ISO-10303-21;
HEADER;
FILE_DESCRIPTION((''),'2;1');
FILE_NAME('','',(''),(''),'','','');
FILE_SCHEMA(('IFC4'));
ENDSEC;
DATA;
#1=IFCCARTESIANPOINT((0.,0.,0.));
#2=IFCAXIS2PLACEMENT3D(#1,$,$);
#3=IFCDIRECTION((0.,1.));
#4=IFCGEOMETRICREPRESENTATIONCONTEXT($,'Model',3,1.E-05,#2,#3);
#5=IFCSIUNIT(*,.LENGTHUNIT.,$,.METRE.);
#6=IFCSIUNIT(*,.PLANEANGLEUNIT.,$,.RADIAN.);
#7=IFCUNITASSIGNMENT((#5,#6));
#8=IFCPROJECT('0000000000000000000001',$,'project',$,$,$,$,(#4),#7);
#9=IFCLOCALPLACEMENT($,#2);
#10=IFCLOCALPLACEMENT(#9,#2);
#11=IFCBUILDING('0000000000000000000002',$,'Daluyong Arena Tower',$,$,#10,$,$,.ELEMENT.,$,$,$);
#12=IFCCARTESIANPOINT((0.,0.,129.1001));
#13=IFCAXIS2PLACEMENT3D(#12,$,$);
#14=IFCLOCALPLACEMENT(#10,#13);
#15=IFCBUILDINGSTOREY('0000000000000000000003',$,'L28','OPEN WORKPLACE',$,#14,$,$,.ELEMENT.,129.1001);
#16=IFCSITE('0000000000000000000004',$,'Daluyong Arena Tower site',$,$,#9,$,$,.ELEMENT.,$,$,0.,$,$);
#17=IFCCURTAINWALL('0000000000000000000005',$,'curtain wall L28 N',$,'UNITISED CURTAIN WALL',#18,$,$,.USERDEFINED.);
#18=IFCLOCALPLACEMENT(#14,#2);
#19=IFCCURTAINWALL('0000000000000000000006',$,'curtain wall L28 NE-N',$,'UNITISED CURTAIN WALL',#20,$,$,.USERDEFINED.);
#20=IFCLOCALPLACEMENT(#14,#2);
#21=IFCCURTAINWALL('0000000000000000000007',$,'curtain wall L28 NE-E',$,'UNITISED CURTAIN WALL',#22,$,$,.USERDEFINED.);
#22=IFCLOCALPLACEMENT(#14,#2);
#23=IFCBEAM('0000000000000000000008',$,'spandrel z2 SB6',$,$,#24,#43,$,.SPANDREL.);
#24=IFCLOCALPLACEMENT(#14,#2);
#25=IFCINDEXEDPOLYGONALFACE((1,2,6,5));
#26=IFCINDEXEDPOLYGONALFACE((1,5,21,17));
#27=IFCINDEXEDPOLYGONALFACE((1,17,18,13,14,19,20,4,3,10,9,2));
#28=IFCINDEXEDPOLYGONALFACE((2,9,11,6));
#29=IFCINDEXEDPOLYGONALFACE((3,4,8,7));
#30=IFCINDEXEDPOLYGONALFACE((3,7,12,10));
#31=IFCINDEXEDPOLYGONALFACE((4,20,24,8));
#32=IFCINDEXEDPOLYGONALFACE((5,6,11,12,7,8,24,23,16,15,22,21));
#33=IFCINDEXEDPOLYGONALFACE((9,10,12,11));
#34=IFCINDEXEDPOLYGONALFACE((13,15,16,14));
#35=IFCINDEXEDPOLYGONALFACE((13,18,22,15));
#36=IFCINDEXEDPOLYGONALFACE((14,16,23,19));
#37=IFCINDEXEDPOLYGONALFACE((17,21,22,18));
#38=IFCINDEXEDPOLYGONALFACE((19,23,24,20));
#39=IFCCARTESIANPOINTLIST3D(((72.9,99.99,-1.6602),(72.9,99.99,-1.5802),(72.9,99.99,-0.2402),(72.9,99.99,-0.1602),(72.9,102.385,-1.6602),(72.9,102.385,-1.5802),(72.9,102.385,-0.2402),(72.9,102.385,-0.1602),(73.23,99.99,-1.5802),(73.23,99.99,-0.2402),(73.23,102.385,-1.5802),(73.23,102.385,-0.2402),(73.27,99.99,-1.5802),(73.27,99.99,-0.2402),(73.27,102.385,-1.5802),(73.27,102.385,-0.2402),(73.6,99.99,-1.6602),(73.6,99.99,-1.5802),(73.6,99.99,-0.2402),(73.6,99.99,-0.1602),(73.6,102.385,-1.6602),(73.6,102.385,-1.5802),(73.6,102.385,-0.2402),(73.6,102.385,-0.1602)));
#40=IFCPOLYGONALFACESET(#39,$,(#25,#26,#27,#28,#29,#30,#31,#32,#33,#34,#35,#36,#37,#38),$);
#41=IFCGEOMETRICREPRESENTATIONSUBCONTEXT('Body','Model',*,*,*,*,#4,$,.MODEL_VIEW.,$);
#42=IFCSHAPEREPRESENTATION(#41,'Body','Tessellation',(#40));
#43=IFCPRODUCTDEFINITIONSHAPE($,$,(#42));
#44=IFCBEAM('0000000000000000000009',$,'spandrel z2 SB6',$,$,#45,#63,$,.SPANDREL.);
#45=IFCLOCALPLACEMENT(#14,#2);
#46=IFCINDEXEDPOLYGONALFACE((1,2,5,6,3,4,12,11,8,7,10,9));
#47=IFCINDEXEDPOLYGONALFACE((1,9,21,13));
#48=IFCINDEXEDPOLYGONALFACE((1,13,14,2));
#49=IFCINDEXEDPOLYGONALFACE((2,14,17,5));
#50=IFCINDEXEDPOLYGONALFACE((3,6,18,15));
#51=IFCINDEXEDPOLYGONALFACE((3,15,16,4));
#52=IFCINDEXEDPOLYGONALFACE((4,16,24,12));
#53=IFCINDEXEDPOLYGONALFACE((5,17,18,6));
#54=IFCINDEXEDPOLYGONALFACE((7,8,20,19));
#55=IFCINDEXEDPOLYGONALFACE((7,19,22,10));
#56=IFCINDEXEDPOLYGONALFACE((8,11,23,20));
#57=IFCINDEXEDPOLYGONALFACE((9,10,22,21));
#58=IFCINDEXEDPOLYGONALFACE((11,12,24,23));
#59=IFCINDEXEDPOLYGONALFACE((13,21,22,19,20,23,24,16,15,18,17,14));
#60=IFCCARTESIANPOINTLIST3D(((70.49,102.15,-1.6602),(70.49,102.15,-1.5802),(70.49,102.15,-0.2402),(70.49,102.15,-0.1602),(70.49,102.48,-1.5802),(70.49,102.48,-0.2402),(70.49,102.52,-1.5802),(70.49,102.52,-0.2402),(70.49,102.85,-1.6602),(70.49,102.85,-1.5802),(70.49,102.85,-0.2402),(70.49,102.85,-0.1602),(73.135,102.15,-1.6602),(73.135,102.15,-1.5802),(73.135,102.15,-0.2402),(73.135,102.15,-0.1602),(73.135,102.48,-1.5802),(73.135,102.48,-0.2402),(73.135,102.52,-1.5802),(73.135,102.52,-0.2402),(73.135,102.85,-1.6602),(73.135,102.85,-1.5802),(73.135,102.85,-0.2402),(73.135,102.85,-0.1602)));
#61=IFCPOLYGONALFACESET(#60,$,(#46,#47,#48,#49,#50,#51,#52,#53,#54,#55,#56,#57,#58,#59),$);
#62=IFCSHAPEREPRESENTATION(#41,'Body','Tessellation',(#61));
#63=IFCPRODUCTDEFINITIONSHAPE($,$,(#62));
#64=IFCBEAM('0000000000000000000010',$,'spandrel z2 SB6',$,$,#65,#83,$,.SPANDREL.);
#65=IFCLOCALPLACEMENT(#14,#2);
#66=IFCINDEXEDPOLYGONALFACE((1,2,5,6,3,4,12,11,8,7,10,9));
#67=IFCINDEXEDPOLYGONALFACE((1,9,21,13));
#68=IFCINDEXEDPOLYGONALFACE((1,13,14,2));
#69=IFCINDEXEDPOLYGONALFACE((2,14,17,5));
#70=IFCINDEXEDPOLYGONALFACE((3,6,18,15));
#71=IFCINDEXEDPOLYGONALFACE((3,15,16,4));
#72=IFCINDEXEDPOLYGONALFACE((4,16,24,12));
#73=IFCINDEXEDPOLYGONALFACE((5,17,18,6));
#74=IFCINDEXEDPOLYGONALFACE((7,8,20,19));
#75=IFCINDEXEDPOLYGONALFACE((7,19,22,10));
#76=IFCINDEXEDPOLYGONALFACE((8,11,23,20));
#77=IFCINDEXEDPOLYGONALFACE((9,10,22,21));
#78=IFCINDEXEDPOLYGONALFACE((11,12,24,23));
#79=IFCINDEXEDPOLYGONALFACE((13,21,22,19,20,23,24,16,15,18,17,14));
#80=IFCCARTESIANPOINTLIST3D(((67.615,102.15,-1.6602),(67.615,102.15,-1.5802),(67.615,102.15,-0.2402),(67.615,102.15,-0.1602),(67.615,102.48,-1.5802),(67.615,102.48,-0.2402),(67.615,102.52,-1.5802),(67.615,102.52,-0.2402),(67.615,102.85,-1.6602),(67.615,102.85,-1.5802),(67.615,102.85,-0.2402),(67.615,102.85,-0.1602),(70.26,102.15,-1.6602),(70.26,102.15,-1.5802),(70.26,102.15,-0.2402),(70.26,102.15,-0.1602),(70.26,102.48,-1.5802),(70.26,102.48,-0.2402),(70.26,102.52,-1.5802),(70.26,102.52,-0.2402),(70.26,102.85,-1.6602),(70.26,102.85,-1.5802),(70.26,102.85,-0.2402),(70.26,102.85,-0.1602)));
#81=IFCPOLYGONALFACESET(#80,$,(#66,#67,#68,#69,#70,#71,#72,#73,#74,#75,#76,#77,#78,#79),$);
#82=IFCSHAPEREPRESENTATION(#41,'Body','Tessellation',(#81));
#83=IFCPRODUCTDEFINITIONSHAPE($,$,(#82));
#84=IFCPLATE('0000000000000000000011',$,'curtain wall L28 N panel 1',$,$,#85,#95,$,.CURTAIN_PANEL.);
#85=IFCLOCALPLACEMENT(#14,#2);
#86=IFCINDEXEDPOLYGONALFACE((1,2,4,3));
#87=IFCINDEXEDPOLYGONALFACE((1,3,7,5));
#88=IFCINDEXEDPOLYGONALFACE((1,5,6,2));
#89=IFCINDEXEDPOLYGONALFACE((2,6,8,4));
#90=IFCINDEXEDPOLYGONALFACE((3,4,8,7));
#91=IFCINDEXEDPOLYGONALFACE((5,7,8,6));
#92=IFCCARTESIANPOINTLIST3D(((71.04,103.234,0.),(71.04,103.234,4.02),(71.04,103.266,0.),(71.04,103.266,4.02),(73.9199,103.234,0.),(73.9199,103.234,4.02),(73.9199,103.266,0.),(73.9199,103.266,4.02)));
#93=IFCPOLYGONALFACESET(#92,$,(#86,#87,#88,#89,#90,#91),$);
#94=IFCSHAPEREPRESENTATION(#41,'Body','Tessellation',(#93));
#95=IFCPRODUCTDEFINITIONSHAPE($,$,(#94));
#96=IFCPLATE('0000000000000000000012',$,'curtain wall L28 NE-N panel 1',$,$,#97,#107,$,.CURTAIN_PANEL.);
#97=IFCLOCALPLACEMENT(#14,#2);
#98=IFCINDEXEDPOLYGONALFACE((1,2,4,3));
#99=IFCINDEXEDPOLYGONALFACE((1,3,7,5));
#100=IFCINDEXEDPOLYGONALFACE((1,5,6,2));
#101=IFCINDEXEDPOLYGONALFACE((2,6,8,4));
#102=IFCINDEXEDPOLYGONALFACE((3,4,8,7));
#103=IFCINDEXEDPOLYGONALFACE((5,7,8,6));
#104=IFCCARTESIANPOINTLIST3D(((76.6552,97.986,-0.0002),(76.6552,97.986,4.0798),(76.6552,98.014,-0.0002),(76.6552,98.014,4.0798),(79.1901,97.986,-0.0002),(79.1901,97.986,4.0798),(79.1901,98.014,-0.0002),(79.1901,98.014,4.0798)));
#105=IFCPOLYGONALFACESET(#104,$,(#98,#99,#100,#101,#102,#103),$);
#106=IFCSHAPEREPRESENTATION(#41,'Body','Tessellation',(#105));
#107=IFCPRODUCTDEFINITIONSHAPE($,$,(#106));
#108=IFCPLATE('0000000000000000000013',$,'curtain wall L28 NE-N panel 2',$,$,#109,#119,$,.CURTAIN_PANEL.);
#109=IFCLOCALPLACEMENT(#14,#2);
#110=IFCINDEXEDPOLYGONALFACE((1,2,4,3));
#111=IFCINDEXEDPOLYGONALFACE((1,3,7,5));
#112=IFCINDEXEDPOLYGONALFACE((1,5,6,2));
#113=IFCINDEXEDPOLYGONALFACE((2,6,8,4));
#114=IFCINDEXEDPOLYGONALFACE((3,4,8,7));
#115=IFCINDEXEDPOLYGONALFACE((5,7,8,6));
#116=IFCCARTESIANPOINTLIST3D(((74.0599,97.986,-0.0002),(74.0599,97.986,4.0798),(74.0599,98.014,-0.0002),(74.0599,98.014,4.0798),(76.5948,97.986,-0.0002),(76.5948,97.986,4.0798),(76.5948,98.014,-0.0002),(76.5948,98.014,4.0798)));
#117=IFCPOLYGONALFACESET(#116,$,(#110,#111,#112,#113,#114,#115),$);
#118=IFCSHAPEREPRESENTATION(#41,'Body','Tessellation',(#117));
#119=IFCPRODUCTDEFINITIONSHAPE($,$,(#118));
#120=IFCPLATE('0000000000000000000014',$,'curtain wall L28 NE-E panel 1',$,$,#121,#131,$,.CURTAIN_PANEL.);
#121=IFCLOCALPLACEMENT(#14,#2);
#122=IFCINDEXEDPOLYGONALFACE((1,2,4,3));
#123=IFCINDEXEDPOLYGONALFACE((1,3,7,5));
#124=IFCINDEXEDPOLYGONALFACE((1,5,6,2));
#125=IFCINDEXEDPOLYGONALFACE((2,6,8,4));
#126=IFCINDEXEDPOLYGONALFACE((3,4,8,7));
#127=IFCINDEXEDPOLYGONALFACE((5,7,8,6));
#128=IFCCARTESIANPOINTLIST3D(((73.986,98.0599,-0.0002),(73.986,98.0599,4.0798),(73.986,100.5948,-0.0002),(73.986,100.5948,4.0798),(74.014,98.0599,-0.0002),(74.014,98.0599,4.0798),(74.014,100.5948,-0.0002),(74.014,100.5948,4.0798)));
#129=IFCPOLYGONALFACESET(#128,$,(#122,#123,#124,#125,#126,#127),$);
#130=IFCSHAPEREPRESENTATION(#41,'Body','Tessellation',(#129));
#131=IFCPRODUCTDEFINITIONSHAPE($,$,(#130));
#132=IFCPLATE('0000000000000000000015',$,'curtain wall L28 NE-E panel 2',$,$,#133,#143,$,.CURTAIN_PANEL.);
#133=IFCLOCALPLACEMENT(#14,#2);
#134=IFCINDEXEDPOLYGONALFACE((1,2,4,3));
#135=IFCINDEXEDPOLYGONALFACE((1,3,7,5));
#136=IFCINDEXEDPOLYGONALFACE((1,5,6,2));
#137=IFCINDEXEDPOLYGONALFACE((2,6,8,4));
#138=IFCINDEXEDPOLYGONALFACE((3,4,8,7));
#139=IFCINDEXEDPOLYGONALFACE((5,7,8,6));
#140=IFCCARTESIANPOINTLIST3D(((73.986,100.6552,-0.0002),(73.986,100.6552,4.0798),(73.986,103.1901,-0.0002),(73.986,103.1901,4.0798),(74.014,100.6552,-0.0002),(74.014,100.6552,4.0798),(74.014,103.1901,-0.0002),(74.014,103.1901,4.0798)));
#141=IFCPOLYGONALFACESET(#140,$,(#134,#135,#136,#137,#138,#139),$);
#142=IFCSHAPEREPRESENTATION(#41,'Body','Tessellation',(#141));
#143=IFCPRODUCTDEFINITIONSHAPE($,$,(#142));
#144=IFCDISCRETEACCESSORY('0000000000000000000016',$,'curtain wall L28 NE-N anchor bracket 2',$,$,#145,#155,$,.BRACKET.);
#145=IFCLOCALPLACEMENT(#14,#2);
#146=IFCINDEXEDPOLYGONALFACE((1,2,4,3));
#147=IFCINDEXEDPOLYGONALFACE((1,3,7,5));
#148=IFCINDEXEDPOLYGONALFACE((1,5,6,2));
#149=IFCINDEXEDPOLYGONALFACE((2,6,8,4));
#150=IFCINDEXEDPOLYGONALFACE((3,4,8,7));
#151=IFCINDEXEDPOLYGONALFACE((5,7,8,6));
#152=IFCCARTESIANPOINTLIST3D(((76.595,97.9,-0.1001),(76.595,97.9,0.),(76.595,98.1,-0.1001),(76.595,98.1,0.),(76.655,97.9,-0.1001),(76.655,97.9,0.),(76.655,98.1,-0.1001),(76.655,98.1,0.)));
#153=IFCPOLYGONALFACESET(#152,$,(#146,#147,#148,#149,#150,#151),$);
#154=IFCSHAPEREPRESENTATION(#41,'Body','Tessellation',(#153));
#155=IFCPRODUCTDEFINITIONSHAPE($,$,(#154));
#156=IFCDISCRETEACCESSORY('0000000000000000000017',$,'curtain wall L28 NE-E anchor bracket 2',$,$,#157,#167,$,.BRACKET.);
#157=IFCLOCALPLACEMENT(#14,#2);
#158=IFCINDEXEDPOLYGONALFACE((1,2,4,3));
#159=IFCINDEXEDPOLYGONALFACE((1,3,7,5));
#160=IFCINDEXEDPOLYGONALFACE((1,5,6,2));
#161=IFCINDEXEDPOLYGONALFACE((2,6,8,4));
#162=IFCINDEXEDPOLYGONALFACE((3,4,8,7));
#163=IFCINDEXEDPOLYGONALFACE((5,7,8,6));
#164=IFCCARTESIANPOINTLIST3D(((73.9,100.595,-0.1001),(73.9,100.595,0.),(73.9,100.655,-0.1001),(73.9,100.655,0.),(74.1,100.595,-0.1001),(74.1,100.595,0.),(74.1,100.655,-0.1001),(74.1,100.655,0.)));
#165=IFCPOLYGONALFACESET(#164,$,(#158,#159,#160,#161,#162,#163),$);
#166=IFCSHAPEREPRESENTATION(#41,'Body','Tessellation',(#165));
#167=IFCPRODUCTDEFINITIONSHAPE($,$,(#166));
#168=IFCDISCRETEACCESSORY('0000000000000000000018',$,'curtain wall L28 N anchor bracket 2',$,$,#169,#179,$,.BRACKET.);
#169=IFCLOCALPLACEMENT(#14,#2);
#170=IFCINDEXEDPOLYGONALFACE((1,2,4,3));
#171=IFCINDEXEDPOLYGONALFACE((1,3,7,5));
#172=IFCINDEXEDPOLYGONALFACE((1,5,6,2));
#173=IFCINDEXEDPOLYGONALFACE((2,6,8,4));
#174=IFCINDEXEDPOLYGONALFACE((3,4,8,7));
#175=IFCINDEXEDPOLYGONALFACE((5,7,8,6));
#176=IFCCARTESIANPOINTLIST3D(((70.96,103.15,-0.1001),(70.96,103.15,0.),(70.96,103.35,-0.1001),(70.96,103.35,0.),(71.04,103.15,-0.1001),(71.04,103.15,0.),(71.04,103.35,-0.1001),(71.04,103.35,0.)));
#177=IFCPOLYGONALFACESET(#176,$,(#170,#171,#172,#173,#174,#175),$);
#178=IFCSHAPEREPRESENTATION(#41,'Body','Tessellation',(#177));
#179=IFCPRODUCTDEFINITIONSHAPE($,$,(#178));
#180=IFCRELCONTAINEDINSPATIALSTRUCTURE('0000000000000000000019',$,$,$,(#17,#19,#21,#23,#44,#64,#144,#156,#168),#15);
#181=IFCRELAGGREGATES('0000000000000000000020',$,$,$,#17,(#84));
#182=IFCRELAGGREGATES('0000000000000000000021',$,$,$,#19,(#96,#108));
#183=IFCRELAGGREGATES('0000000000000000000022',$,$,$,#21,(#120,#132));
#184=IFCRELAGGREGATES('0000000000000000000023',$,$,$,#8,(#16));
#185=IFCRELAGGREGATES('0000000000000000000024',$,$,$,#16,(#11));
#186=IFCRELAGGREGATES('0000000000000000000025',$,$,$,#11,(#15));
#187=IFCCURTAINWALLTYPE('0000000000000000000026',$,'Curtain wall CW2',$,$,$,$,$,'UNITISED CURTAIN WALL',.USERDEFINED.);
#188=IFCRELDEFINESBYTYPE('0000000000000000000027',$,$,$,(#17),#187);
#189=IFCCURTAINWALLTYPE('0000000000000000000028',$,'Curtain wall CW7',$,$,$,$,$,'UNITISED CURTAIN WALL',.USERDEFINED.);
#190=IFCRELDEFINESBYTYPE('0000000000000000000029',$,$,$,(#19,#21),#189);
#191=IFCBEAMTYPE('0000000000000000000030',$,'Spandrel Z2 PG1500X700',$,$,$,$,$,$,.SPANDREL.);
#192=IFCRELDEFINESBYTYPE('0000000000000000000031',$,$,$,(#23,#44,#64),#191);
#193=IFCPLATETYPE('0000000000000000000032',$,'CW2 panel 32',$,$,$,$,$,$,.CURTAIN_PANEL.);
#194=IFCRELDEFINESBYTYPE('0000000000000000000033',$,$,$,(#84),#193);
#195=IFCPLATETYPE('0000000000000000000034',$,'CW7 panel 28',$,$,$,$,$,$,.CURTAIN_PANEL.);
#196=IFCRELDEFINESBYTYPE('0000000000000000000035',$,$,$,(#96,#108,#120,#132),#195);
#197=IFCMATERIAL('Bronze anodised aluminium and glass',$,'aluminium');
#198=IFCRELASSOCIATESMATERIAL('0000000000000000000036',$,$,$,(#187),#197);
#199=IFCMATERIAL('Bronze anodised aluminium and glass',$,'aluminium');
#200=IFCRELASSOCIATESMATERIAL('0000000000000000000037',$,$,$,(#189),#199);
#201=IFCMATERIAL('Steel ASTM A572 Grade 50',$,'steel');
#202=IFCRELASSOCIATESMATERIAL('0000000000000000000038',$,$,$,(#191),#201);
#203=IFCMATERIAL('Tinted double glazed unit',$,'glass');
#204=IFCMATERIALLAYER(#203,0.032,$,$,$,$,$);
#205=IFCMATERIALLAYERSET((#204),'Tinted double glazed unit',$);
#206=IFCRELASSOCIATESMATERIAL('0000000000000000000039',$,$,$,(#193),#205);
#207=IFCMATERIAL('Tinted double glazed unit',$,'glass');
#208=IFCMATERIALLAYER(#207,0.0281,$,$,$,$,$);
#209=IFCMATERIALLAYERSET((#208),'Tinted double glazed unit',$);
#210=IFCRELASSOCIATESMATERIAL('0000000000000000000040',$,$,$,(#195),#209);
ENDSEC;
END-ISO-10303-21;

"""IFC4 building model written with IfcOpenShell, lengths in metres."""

from ifc_helpers import new_model, si_unit, direction, frame, origin, origin_2d, place, context, subcontext, project, spatial, rectangle, i_section, extrude, material, layer, layer_set, material_profile, profile_set, type_object, element, aggregate, save


model = new_model("IFC4")

# Units and contexts
model_context = context("Model", 3, precision=1e-05, world=origin(), true_north=direction((0.0, 1.0)))
body_context = subcontext(model_context, "Body", "Model", "MODEL_VIEW")
ifc_project = project(units=[si_unit("LENGTHUNIT", "METRE"), si_unit("PLANEANGLEUNIT", "RADIAN")], contexts=[model_context])

# Site, building, storey
site_placement = place(None, origin())
site = spatial("IfcSite", under=ifc_project, at=site_placement, Name="Daluyong Arena Tower site", CompositionType="ELEMENT", RefElevation=0.0)
building_placement = place(site_placement, origin())
building = spatial("IfcBuilding", under=site, at=building_placement, Name="Daluyong Arena Tower", CompositionType="ELEMENT")
storey_placement = place(building_placement, frame((0.0, 0.0, 129.1001)))
storey = spatial("IfcBuildingStorey", under=building, at=storey_placement, Name="L28", Description="OPEN WORKPLACE", CompositionType="ELEMENT", Elevation=129.1001)

# Shared definitions
ifc_material_1 = material(Name="Bronze anodised aluminium and glass", Category="aluminium")
curtain_wall_type_1 = type_object("IfcCurtainWallType", Name="Curtain wall CW2", ElementType="UNITISED CURTAIN WALL", PredefinedType="USERDEFINED", material=ifc_material_1)

# Curtain walls
curtain_wall_1_placement = place(storey_placement, origin())
curtain_wall_1 = element("IfcCurtainWall", 1, at=curtain_wall_1_placement, inside=storey, type_object=curtain_wall_type_1, Name="curtain wall L28 N", ObjectType="UNITISED CURTAIN WALL", PredefinedType="USERDEFINED")
ifc_material_2 = material(Name="Bronze anodised aluminium and glass", Category="aluminium")
curtain_wall_type_2 = type_object("IfcCurtainWallType", Name="Curtain wall CW7", ElementType="UNITISED CURTAIN WALL", PredefinedType="USERDEFINED", material=ifc_material_2)
curtain_wall_2_placement = place(storey_placement, origin())
curtain_wall_2 = element("IfcCurtainWall", 2, at=curtain_wall_2_placement, inside=storey, type_object=curtain_wall_type_2, Name="curtain wall L28 NE-N", ObjectType="UNITISED CURTAIN WALL", PredefinedType="USERDEFINED")
curtain_wall_3_placement = place(storey_placement, origin())
curtain_wall_3 = element("IfcCurtainWall", 3, at=curtain_wall_3_placement, inside=storey, type_object=curtain_wall_type_2, Name="curtain wall L28 NE-E", ObjectType="UNITISED CURTAIN WALL", PredefinedType="USERDEFINED")

# Beams
ifc_material_3 = material(Name="Steel ASTM A572 Grade 50", Category="steel")
ifc_material_profile_1 = material_profile(ifc_material_3, i_section(OverallWidth=0.7, OverallDepth=1.5, WebThickness=0.04, FlangeThickness=0.08, at=origin_2d()))
ifc_profile_set_1 = profile_set([ifc_material_profile_1], Name="Steel ASTM A572 Grade 50")
beam_type_1 = type_object("IfcBeamType", Name="Spandrel Z2 PG1500X700", PredefinedType="SPANDREL", material=ifc_profile_set_1)
for number, where, z_axis, x_axis, name in (
    (4, (73.25, 99.99, -0.9102), (0.0, 1.0, 0.0), (-1.0, 0.0, 0.0), "spandrel z2 SB6"),
):
    element("IfcBeam", number, at=place(storey_placement, frame(where, z_axis=z_axis, x_axis=x_axis)), inside=storey, type_object=beam_type_1, Name=name, PredefinedType="SPANDREL", context=body_context, shape_type="SweptSolid", body=[
        extrude(i_section(OverallWidth=0.7, OverallDepth=1.5, WebThickness=0.04, FlangeThickness=0.08, at=origin_2d()), origin(), (0.0, 0.0, 1.0), 2.395),
    ])
for number, where, z_axis, x_axis, name in (
    (5, (73.135, 102.5, -0.9102), (-1.0, 0.0, 0.0), (0.0, -1.0, 0.0), "spandrel z2 SB6"),
    (6, (70.26, 102.5, -0.9102), (-1.0, 0.0, 0.0), (0.0, -1.0, 0.0), "spandrel z2 SB6"),
):
    element("IfcBeam", number, at=place(storey_placement, frame(where, z_axis=z_axis, x_axis=x_axis)), inside=storey, type_object=beam_type_1, Name=name, PredefinedType="SPANDREL", context=body_context, shape_type="SweptSolid", body=[
        extrude(i_section(OverallWidth=0.7, OverallDepth=1.5, WebThickness=0.04, FlangeThickness=0.08, at=origin_2d()), origin(), (0.0, 0.0, 1.0), 2.645),
    ])

# Plates
ifc_material_4 = material(Name="Tinted double glazed unit", Category="glass")
ifc_layer_1 = layer(ifc_material_4, 0.032)
ifc_layer_set_1 = layer_set([ifc_layer_1], Name="Tinted double glazed unit")
plate_type_1 = type_object("IfcPlateType", Name="CW2 panel 32", PredefinedType="CURTAIN_PANEL", material=ifc_layer_set_1)
plate_1_placement = place(storey_placement, frame((72.48, 103.25, 0.0), z_axis=(0.0, 0.0, 1.0), x_axis=(-1.0, 0.0, 0.0)))
plate_1 = element("IfcPlate", 7, at=plate_1_placement, type_object=plate_type_1, Name="curtain wall L28 N panel 1", PredefinedType="CURTAIN_PANEL", context=body_context, shape_type="SweptSolid", body=[
    extrude(rectangle(XDim=2.8799, YDim=0.032, at=origin_2d()), origin(), (0.0, 0.0, 1.0), 4.02),
])
aggregate(curtain_wall_1, [plate_1])
ifc_material_5 = material(Name="Tinted double glazed unit", Category="glass")
ifc_layer_2 = layer(ifc_material_5, 0.0281)
ifc_layer_set_2 = layer_set([ifc_layer_2], Name="Tinted double glazed unit")
plate_type_2 = type_object("IfcPlateType", Name="CW7 panel 28", PredefinedType="CURTAIN_PANEL", material=ifc_layer_set_2)
plate_2_placement = place(storey_placement, frame((77.9226, 98.0, -0.0002), z_axis=(0.0, 0.0, 1.0), x_axis=(-1.0, 0.0, 0.0)))
plate_2 = element("IfcPlate", 8, at=plate_2_placement, type_object=plate_type_2, Name="curtain wall L28 NE-N panel 1", PredefinedType="CURTAIN_PANEL", context=body_context, shape_type="SweptSolid", body=[
    extrude(rectangle(XDim=2.5349, YDim=0.0281, at=origin_2d()), origin(), (0.0, 0.0, 1.0), 4.0801),
])
plate_3_placement = place(storey_placement, frame((75.3274, 98.0, -0.0002), z_axis=(0.0, 0.0, 1.0), x_axis=(-1.0, 0.0, 0.0)))
plate_3 = element("IfcPlate", 9, at=plate_3_placement, type_object=plate_type_2, Name="curtain wall L28 NE-N panel 2", PredefinedType="CURTAIN_PANEL", context=body_context, shape_type="SweptSolid", body=[
    extrude(rectangle(XDim=2.5349, YDim=0.0281, at=origin_2d()), origin(), (0.0, 0.0, 1.0), 4.0801),
])
aggregate(curtain_wall_2, [plate_2, plate_3])
plate_4_placement = place(storey_placement, frame((74.0, 99.3274, -0.0002), z_axis=(0.0, 0.0, 1.0), x_axis=(0.0, 1.0, 0.0)))
plate_4 = element("IfcPlate", 10, at=plate_4_placement, type_object=plate_type_2, Name="curtain wall L28 NE-E panel 1", PredefinedType="CURTAIN_PANEL", context=body_context, shape_type="SweptSolid", body=[
    extrude(rectangle(XDim=2.5349, YDim=0.0281, at=origin_2d()), origin(), (0.0, 0.0, 1.0), 4.0801),
])
plate_5_placement = place(storey_placement, frame((74.0, 101.9226, -0.0002), z_axis=(0.0, 0.0, 1.0), x_axis=(0.0, 1.0, 0.0)))
plate_5 = element("IfcPlate", 11, at=plate_5_placement, type_object=plate_type_2, Name="curtain wall L28 NE-E panel 2", PredefinedType="CURTAIN_PANEL", context=body_context, shape_type="SweptSolid", body=[
    extrude(rectangle(XDim=2.5349, YDim=0.0281, at=origin_2d()), origin(), (0.0, 0.0, 1.0), 4.0801),
])
aggregate(curtain_wall_3, [plate_4, plate_5])

# Discrete accessories
for number, where, z_axis, x_axis, name in (
    (12, (76.625, 98.0, -0.1001), (0.0, 0.0, 1.0), (-1.0, 0.0, 0.0), "curtain wall L28 NE-N anchor bracket 2"),
    (13, (74.0, 100.625, -0.1001), (0.0, 0.0, 1.0), (0.0, 1.0, 0.0), "curtain wall L28 NE-E anchor bracket 2"),
):
    element("IfcDiscreteAccessory", number, at=place(storey_placement, frame(where, z_axis=z_axis, x_axis=x_axis)), inside=storey, Name=name, PredefinedType="BRACKET", context=body_context, shape_type="SweptSolid", body=[
        extrude(rectangle(XDim=0.0601, YDim=0.2, at=origin_2d()), origin(), (0.0, 0.0, 1.0), 0.1001),
    ])
discrete_accessory_placement = place(storey_placement, frame((71.0, 103.25, -0.1001), z_axis=(0.0, 0.0, 1.0), x_axis=(-1.0, 0.0, 0.0)))
element("IfcDiscreteAccessory", 14, at=discrete_accessory_placement, inside=storey, Name="curtain wall L28 N anchor bracket 2", PredefinedType="BRACKET", context=body_context, shape_type="SweptSolid", body=[
    extrude(rectangle(XDim=0.0801, YDim=0.2, at=origin_2d()), origin(), (0.0, 0.0, 1.0), 0.1001),
])

save(model, "model.ifc")
